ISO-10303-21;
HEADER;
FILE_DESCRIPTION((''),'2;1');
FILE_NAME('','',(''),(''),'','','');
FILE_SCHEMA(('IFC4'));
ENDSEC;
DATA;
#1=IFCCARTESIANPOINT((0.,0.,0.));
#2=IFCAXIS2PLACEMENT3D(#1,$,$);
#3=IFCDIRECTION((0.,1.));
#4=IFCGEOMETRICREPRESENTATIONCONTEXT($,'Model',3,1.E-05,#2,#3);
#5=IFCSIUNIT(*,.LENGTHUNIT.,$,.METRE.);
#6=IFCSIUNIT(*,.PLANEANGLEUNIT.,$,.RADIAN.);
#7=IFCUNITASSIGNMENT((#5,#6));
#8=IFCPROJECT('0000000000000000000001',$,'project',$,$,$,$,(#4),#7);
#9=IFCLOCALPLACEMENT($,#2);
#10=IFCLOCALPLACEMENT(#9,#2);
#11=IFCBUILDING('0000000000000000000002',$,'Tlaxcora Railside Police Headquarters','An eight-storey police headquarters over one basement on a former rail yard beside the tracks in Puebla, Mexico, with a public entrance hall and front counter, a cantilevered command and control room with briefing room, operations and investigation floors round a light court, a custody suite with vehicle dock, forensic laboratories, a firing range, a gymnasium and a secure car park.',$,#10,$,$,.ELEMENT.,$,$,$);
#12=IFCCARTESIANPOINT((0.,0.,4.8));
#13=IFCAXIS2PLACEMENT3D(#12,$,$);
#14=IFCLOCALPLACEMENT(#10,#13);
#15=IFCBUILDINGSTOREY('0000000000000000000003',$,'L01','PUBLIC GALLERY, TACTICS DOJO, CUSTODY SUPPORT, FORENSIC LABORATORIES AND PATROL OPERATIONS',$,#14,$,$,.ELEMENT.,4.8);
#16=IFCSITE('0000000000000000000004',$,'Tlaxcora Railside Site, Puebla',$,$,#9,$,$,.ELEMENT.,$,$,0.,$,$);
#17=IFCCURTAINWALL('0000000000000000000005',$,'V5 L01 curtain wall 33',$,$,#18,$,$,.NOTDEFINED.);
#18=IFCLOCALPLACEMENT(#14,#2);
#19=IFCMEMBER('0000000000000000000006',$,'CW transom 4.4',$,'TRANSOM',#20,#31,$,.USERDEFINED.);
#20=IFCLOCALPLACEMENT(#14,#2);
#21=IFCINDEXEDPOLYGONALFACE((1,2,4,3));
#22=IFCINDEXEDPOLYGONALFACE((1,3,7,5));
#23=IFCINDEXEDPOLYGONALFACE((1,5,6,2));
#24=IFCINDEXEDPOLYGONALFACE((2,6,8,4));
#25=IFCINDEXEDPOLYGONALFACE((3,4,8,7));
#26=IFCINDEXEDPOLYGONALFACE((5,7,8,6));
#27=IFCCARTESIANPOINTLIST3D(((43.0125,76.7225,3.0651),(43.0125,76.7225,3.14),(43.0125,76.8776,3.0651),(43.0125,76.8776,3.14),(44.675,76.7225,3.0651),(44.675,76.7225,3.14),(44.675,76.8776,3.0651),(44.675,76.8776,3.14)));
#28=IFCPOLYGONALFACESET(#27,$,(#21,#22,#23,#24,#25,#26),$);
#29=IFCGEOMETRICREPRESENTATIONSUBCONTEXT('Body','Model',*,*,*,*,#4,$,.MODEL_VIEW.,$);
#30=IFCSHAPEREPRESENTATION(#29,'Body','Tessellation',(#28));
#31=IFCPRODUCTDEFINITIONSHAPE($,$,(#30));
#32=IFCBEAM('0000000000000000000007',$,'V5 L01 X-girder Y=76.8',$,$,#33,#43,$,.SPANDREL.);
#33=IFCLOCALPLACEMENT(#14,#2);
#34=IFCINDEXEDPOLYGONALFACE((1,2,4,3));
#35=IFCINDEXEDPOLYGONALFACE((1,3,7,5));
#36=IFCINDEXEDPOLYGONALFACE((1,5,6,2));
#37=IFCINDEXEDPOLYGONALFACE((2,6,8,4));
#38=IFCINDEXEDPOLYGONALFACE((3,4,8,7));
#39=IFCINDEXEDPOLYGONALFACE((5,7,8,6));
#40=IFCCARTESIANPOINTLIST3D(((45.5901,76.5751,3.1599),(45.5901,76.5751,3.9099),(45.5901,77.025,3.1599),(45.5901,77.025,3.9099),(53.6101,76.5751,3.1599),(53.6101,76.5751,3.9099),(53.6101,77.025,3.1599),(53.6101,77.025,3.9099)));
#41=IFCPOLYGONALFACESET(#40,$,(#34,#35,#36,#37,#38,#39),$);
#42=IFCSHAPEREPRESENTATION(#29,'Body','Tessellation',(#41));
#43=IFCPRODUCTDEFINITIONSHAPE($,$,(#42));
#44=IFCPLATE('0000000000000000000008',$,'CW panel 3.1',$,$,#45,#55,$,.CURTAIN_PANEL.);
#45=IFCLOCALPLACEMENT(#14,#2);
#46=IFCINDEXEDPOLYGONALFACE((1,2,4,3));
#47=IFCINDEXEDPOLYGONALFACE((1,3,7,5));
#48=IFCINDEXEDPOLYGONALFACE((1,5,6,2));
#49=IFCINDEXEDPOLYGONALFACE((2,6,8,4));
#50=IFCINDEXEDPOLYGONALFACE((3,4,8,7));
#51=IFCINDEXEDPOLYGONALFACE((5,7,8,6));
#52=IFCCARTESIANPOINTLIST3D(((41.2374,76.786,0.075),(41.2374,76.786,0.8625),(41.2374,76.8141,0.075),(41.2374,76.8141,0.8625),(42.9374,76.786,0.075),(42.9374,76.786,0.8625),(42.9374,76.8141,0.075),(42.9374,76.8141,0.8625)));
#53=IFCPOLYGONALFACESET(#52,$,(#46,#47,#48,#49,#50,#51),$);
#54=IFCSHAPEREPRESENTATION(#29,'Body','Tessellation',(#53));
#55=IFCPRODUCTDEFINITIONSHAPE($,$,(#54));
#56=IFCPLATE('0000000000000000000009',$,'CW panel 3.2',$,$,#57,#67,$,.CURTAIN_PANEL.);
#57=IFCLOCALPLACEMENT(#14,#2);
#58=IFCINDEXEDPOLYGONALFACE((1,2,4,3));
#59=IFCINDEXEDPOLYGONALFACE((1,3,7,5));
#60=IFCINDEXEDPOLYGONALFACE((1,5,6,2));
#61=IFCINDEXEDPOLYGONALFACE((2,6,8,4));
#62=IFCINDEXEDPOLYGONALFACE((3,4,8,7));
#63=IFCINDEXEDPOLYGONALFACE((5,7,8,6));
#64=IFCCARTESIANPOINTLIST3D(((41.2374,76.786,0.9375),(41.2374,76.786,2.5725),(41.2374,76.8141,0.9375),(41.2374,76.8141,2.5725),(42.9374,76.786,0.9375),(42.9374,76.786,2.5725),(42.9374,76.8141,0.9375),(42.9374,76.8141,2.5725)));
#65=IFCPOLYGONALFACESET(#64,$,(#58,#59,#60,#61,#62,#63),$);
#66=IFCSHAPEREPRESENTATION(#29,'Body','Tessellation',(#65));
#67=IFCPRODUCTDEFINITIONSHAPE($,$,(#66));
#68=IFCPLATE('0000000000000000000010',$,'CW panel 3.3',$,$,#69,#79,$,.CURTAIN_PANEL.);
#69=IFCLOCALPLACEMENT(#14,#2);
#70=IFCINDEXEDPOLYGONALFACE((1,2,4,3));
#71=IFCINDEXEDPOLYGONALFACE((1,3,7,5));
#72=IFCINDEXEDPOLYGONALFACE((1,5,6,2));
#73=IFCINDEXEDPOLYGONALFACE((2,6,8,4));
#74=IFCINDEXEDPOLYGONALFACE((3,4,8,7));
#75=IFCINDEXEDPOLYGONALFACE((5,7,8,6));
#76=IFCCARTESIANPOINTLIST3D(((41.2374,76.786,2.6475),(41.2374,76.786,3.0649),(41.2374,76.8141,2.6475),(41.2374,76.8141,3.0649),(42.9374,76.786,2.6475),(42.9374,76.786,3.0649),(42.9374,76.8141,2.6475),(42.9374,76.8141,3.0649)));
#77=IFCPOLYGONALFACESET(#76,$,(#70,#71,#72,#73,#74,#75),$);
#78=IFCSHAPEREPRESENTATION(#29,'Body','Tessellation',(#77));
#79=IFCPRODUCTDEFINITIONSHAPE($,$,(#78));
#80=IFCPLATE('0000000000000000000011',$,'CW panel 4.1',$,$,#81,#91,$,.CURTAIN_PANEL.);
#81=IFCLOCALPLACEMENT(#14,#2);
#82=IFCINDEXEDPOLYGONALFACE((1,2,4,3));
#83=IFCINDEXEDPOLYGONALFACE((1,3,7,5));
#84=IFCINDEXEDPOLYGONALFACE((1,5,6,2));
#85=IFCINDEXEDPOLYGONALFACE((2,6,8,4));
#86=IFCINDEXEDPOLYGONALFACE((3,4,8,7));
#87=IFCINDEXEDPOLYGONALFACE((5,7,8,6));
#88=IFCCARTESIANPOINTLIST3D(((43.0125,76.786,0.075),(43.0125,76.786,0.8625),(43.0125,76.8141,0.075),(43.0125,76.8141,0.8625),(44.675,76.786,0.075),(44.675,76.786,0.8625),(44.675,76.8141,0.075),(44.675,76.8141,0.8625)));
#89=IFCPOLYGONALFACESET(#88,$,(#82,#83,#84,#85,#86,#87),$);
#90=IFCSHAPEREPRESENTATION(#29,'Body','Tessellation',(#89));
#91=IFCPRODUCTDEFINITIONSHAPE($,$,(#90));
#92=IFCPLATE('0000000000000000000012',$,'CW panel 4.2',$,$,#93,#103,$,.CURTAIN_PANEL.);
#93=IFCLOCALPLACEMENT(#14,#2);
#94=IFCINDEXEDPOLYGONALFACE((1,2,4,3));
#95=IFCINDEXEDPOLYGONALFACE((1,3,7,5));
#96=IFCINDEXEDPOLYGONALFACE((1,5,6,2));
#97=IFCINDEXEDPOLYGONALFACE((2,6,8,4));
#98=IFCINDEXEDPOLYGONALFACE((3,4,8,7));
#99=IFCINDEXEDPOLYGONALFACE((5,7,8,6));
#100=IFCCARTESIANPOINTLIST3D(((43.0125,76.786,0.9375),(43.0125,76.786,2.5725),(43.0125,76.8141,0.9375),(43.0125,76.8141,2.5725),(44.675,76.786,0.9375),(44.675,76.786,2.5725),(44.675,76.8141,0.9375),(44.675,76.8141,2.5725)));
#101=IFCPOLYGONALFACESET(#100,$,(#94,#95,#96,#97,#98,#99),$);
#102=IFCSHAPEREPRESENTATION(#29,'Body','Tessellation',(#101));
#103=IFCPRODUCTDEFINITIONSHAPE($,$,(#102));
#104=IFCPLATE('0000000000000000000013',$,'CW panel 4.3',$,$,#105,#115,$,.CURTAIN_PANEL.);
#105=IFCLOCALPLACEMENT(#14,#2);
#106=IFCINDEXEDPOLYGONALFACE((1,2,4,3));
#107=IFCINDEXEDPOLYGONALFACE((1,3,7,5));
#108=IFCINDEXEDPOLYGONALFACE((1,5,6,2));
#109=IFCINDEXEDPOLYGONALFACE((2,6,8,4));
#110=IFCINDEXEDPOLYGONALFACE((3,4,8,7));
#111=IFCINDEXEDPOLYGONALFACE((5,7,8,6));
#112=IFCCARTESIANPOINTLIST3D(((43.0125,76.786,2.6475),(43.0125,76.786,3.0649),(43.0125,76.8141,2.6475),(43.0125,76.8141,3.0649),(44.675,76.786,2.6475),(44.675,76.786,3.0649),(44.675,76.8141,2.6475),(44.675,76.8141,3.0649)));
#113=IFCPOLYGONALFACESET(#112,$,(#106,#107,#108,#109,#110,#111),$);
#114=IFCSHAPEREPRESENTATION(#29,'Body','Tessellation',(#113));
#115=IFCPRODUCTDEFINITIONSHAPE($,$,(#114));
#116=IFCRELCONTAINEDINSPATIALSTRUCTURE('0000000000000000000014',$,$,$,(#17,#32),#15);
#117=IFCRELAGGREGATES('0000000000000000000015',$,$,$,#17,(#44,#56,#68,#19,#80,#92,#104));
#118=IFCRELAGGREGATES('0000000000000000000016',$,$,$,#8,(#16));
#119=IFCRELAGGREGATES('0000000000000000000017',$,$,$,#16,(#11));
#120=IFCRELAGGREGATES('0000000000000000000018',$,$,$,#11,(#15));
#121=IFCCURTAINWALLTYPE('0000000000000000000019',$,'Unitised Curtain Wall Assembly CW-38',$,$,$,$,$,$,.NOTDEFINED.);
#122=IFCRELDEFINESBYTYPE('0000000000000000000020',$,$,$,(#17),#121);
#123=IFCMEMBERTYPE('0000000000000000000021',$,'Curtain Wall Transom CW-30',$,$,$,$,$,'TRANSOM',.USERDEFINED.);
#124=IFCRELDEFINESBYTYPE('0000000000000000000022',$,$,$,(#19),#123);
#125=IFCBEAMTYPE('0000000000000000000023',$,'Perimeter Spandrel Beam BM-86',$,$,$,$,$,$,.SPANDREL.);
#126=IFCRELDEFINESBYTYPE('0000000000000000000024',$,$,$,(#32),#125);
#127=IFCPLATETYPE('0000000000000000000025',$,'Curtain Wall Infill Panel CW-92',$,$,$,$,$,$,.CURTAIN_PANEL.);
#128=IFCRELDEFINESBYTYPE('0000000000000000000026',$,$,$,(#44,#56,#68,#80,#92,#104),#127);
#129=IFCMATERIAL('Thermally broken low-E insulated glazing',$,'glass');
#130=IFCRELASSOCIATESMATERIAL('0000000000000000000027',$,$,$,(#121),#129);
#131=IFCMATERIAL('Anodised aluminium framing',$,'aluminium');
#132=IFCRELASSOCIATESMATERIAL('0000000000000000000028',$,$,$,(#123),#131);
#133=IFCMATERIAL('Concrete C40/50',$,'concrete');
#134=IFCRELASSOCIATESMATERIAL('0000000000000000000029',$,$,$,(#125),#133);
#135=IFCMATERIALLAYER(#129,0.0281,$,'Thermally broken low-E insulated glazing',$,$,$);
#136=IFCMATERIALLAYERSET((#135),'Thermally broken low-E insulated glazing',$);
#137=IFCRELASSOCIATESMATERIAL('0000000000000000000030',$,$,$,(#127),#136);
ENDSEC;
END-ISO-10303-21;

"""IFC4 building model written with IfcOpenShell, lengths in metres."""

from ifc_helpers import new_model, si_unit, direction, frame, origin, origin_2d, place, context, subcontext, project, spatial, rectangle, extrude, material, layer, layer_set, material_profile, profile_set, type_object, element, aggregate, save


model = new_model("IFC4")

# Units and contexts
model_context = context("Model", 3, precision=1e-05, world=origin(), true_north=direction((0.0, 1.0)))
body_context = subcontext(model_context, "Body", "Model", "MODEL_VIEW")
ifc_project = project(units=[si_unit("LENGTHUNIT", "METRE"), si_unit("PLANEANGLEUNIT", "RADIAN")], contexts=[model_context])

# Site, building, storey
site_placement = place(None, origin())
site = spatial("IfcSite", under=ifc_project, at=site_placement, Name="Tlaxcora Railside Site, Puebla", CompositionType="ELEMENT", RefElevation=0.0)
building_placement = place(site_placement, origin())
building = spatial("IfcBuilding", under=site, at=building_placement, Name="Tlaxcora Railside Police Headquarters", Description="An eight-storey police headquarters over one basement on a former rail yard beside the tracks in Puebla, Mexico, with a public entrance hall and front counter, a cantilevered command and control room with briefing room, operations and investigation floors round a light court, a custody suite with vehicle dock, forensic laboratories, a firing range, a gymnasium and a secure car park.", CompositionType="ELEMENT")
storey_placement = place(building_placement, frame((0.0, 0.0, 4.8)))
storey = spatial("IfcBuildingStorey", under=building, at=storey_placement, Name="L01", Description="PUBLIC GALLERY, TACTICS DOJO, CUSTODY SUPPORT, FORENSIC LABORATORIES AND PATROL OPERATIONS", CompositionType="ELEMENT", Elevation=4.8)

# Shared definitions
ifc_material_1 = material(Name="Concrete C40/50", Category="concrete")

# Curtain wall
ifc_material_2 = material(Name="Thermally broken low-E insulated glazing", Category="glass")
curtain_wall_type_1 = type_object("IfcCurtainWallType", Name="Unitised Curtain Wall Assembly CW-38", PredefinedType="NOTDEFINED", material=ifc_material_2)
curtain_wall_1_placement = place(storey_placement, origin())
curtain_wall_1 = element("IfcCurtainWall", 1, at=curtain_wall_1_placement, inside=storey, type_object=curtain_wall_type_1, Name="V5 L01 curtain wall 33", PredefinedType="NOTDEFINED")
ifc_material_3 = material(Name="Anodised aluminium framing", Category="aluminium")

# Member
ifc_material_profile_1 = material_profile(ifc_material_3, rectangle(XDim=0.155, YDim=0.075, at=origin_2d()), Name="AL75X155")
ifc_profile_set_1 = profile_set([ifc_material_profile_1], Name="Anodised aluminium framing")
member_type_1 = type_object("IfcMemberType", Name="Curtain Wall Transom CW-30", ElementType="TRANSOM", PredefinedType="USERDEFINED", material=ifc_profile_set_1)
member_1_placement = place(storey_placement, frame((43.0125, 76.8, 3.1025), z_axis=(1.0, 0.0, 0.0), x_axis=(0.0, 1.0, 0.0)))
member_1 = element("IfcMember", 2, at=member_1_placement, type_object=member_type_1, Name="CW transom 4.4", ObjectType="TRANSOM", PredefinedType="USERDEFINED", context=body_context, shape_type="SweptSolid", body=[
    extrude(rectangle(XDim=0.155, YDim=0.075, at=origin_2d()), origin(), (0.0, 0.0, 1.0), 1.6626),
])

# Beam
ifc_material_profile_2 = material_profile(ifc_material_1, rectangle(XDim=0.45, YDim=0.75, at=origin_2d()), Name="RC450X750")
ifc_profile_set_2 = profile_set([ifc_material_profile_2], Name="Concrete C40/50")
beam_type = type_object("IfcBeamType", Name="Perimeter Spandrel Beam BM-86", PredefinedType="SPANDREL", material=ifc_profile_set_2)
beam_placement = place(storey_placement, frame((45.5901, 76.8, 3.5349), z_axis=(1.0, 0.0, 0.0), x_axis=(0.0, 1.0, 0.0)))
element("IfcBeam", 3, at=beam_placement, inside=storey, type_object=beam_type, Name="V5 L01 X-girder Y=76.8", PredefinedType="SPANDREL", context=body_context, shape_type="SweptSolid", body=[
    extrude(rectangle(XDim=0.45, YDim=0.75, at=origin_2d()), origin(), (0.0, 0.0, 1.0), 8.02),
])

# Plates
ifc_layer = layer(ifc_material_2, 0.0281, Name="Thermally broken low-E insulated glazing")
ifc_layer_set = layer_set([ifc_layer], Name="Thermally broken low-E insulated glazing")
plate_type = type_object("IfcPlateType", Name="Curtain Wall Infill Panel CW-92", PredefinedType="CURTAIN_PANEL", material=ifc_layer_set)
plate_1_placement = place(storey_placement, frame((42.0874, 76.8, 0.075), z_axis=(0.0, 0.0, 1.0), x_axis=(1.0, 0.0, 0.0)))
plate_1 = element("IfcPlate", 4, at=plate_1_placement, type_object=plate_type, Name="CW panel 3.1", PredefinedType="CURTAIN_PANEL", context=body_context, shape_type="SweptSolid", body=[
    extrude(rectangle(XDim=1.7, YDim=0.0281, at=origin_2d()), origin(), (0.0, 0.0, 1.0), 0.7876),
])
plate_2_placement = place(storey_placement, frame((42.0874, 76.8, 0.9375), z_axis=(0.0, 0.0, 1.0), x_axis=(1.0, 0.0, 0.0)))
plate_2 = element("IfcPlate", 5, at=plate_2_placement, type_object=plate_type, Name="CW panel 3.2", PredefinedType="CURTAIN_PANEL", context=body_context, shape_type="SweptSolid", body=[
    extrude(rectangle(XDim=1.7, YDim=0.0281, at=origin_2d()), origin(), (0.0, 0.0, 1.0), 1.635),
])
plate_3_placement = place(storey_placement, frame((42.0874, 76.8, 2.6475), z_axis=(0.0, 0.0, 1.0), x_axis=(1.0, 0.0, 0.0)))
plate_3 = element("IfcPlate", 6, at=plate_3_placement, type_object=plate_type, Name="CW panel 3.3", PredefinedType="CURTAIN_PANEL", context=body_context, shape_type="SweptSolid", body=[
    extrude(rectangle(XDim=1.7, YDim=0.0281, at=origin_2d()), origin(), (0.0, 0.0, 1.0), 0.4175),
])
plate_4_placement = place(storey_placement, frame((43.8438, 76.8, 0.075), z_axis=(0.0, 0.0, 1.0), x_axis=(1.0, 0.0, 0.0)))
plate_4 = element("IfcPlate", 7, at=plate_4_placement, type_object=plate_type, Name="CW panel 4.1", PredefinedType="CURTAIN_PANEL", context=body_context, shape_type="SweptSolid", body=[
    extrude(rectangle(XDim=1.6626, YDim=0.0281, at=origin_2d()), origin(), (0.0, 0.0, 1.0), 0.7876),
])
plate_5_placement = place(storey_placement, frame((43.8438, 76.8, 0.9375), z_axis=(0.0, 0.0, 1.0), x_axis=(1.0, 0.0, 0.0)))
plate_5 = element("IfcPlate", 8, at=plate_5_placement, type_object=plate_type, Name="CW panel 4.2", PredefinedType="CURTAIN_PANEL", context=body_context, shape_type="SweptSolid", body=[
    extrude(rectangle(XDim=1.6626, YDim=0.0281, at=origin_2d()), origin(), (0.0, 0.0, 1.0), 1.635),
])
plate_6_placement = place(storey_placement, frame((43.8438, 76.8, 2.6475), z_axis=(0.0, 0.0, 1.0), x_axis=(1.0, 0.0, 0.0)))
plate_6 = element("IfcPlate", 9, at=plate_6_placement, type_object=plate_type, Name="CW panel 4.3", PredefinedType="CURTAIN_PANEL", context=body_context, shape_type="SweptSolid", body=[
    extrude(rectangle(XDim=1.6626, YDim=0.0281, at=origin_2d()), origin(), (0.0, 0.0, 1.0), 0.4175),
])
aggregate(curtain_wall_1, [plate_1, plate_2, plate_3, member_1, plate_4, plate_5, plate_6])

save(model, "model.ifc")
